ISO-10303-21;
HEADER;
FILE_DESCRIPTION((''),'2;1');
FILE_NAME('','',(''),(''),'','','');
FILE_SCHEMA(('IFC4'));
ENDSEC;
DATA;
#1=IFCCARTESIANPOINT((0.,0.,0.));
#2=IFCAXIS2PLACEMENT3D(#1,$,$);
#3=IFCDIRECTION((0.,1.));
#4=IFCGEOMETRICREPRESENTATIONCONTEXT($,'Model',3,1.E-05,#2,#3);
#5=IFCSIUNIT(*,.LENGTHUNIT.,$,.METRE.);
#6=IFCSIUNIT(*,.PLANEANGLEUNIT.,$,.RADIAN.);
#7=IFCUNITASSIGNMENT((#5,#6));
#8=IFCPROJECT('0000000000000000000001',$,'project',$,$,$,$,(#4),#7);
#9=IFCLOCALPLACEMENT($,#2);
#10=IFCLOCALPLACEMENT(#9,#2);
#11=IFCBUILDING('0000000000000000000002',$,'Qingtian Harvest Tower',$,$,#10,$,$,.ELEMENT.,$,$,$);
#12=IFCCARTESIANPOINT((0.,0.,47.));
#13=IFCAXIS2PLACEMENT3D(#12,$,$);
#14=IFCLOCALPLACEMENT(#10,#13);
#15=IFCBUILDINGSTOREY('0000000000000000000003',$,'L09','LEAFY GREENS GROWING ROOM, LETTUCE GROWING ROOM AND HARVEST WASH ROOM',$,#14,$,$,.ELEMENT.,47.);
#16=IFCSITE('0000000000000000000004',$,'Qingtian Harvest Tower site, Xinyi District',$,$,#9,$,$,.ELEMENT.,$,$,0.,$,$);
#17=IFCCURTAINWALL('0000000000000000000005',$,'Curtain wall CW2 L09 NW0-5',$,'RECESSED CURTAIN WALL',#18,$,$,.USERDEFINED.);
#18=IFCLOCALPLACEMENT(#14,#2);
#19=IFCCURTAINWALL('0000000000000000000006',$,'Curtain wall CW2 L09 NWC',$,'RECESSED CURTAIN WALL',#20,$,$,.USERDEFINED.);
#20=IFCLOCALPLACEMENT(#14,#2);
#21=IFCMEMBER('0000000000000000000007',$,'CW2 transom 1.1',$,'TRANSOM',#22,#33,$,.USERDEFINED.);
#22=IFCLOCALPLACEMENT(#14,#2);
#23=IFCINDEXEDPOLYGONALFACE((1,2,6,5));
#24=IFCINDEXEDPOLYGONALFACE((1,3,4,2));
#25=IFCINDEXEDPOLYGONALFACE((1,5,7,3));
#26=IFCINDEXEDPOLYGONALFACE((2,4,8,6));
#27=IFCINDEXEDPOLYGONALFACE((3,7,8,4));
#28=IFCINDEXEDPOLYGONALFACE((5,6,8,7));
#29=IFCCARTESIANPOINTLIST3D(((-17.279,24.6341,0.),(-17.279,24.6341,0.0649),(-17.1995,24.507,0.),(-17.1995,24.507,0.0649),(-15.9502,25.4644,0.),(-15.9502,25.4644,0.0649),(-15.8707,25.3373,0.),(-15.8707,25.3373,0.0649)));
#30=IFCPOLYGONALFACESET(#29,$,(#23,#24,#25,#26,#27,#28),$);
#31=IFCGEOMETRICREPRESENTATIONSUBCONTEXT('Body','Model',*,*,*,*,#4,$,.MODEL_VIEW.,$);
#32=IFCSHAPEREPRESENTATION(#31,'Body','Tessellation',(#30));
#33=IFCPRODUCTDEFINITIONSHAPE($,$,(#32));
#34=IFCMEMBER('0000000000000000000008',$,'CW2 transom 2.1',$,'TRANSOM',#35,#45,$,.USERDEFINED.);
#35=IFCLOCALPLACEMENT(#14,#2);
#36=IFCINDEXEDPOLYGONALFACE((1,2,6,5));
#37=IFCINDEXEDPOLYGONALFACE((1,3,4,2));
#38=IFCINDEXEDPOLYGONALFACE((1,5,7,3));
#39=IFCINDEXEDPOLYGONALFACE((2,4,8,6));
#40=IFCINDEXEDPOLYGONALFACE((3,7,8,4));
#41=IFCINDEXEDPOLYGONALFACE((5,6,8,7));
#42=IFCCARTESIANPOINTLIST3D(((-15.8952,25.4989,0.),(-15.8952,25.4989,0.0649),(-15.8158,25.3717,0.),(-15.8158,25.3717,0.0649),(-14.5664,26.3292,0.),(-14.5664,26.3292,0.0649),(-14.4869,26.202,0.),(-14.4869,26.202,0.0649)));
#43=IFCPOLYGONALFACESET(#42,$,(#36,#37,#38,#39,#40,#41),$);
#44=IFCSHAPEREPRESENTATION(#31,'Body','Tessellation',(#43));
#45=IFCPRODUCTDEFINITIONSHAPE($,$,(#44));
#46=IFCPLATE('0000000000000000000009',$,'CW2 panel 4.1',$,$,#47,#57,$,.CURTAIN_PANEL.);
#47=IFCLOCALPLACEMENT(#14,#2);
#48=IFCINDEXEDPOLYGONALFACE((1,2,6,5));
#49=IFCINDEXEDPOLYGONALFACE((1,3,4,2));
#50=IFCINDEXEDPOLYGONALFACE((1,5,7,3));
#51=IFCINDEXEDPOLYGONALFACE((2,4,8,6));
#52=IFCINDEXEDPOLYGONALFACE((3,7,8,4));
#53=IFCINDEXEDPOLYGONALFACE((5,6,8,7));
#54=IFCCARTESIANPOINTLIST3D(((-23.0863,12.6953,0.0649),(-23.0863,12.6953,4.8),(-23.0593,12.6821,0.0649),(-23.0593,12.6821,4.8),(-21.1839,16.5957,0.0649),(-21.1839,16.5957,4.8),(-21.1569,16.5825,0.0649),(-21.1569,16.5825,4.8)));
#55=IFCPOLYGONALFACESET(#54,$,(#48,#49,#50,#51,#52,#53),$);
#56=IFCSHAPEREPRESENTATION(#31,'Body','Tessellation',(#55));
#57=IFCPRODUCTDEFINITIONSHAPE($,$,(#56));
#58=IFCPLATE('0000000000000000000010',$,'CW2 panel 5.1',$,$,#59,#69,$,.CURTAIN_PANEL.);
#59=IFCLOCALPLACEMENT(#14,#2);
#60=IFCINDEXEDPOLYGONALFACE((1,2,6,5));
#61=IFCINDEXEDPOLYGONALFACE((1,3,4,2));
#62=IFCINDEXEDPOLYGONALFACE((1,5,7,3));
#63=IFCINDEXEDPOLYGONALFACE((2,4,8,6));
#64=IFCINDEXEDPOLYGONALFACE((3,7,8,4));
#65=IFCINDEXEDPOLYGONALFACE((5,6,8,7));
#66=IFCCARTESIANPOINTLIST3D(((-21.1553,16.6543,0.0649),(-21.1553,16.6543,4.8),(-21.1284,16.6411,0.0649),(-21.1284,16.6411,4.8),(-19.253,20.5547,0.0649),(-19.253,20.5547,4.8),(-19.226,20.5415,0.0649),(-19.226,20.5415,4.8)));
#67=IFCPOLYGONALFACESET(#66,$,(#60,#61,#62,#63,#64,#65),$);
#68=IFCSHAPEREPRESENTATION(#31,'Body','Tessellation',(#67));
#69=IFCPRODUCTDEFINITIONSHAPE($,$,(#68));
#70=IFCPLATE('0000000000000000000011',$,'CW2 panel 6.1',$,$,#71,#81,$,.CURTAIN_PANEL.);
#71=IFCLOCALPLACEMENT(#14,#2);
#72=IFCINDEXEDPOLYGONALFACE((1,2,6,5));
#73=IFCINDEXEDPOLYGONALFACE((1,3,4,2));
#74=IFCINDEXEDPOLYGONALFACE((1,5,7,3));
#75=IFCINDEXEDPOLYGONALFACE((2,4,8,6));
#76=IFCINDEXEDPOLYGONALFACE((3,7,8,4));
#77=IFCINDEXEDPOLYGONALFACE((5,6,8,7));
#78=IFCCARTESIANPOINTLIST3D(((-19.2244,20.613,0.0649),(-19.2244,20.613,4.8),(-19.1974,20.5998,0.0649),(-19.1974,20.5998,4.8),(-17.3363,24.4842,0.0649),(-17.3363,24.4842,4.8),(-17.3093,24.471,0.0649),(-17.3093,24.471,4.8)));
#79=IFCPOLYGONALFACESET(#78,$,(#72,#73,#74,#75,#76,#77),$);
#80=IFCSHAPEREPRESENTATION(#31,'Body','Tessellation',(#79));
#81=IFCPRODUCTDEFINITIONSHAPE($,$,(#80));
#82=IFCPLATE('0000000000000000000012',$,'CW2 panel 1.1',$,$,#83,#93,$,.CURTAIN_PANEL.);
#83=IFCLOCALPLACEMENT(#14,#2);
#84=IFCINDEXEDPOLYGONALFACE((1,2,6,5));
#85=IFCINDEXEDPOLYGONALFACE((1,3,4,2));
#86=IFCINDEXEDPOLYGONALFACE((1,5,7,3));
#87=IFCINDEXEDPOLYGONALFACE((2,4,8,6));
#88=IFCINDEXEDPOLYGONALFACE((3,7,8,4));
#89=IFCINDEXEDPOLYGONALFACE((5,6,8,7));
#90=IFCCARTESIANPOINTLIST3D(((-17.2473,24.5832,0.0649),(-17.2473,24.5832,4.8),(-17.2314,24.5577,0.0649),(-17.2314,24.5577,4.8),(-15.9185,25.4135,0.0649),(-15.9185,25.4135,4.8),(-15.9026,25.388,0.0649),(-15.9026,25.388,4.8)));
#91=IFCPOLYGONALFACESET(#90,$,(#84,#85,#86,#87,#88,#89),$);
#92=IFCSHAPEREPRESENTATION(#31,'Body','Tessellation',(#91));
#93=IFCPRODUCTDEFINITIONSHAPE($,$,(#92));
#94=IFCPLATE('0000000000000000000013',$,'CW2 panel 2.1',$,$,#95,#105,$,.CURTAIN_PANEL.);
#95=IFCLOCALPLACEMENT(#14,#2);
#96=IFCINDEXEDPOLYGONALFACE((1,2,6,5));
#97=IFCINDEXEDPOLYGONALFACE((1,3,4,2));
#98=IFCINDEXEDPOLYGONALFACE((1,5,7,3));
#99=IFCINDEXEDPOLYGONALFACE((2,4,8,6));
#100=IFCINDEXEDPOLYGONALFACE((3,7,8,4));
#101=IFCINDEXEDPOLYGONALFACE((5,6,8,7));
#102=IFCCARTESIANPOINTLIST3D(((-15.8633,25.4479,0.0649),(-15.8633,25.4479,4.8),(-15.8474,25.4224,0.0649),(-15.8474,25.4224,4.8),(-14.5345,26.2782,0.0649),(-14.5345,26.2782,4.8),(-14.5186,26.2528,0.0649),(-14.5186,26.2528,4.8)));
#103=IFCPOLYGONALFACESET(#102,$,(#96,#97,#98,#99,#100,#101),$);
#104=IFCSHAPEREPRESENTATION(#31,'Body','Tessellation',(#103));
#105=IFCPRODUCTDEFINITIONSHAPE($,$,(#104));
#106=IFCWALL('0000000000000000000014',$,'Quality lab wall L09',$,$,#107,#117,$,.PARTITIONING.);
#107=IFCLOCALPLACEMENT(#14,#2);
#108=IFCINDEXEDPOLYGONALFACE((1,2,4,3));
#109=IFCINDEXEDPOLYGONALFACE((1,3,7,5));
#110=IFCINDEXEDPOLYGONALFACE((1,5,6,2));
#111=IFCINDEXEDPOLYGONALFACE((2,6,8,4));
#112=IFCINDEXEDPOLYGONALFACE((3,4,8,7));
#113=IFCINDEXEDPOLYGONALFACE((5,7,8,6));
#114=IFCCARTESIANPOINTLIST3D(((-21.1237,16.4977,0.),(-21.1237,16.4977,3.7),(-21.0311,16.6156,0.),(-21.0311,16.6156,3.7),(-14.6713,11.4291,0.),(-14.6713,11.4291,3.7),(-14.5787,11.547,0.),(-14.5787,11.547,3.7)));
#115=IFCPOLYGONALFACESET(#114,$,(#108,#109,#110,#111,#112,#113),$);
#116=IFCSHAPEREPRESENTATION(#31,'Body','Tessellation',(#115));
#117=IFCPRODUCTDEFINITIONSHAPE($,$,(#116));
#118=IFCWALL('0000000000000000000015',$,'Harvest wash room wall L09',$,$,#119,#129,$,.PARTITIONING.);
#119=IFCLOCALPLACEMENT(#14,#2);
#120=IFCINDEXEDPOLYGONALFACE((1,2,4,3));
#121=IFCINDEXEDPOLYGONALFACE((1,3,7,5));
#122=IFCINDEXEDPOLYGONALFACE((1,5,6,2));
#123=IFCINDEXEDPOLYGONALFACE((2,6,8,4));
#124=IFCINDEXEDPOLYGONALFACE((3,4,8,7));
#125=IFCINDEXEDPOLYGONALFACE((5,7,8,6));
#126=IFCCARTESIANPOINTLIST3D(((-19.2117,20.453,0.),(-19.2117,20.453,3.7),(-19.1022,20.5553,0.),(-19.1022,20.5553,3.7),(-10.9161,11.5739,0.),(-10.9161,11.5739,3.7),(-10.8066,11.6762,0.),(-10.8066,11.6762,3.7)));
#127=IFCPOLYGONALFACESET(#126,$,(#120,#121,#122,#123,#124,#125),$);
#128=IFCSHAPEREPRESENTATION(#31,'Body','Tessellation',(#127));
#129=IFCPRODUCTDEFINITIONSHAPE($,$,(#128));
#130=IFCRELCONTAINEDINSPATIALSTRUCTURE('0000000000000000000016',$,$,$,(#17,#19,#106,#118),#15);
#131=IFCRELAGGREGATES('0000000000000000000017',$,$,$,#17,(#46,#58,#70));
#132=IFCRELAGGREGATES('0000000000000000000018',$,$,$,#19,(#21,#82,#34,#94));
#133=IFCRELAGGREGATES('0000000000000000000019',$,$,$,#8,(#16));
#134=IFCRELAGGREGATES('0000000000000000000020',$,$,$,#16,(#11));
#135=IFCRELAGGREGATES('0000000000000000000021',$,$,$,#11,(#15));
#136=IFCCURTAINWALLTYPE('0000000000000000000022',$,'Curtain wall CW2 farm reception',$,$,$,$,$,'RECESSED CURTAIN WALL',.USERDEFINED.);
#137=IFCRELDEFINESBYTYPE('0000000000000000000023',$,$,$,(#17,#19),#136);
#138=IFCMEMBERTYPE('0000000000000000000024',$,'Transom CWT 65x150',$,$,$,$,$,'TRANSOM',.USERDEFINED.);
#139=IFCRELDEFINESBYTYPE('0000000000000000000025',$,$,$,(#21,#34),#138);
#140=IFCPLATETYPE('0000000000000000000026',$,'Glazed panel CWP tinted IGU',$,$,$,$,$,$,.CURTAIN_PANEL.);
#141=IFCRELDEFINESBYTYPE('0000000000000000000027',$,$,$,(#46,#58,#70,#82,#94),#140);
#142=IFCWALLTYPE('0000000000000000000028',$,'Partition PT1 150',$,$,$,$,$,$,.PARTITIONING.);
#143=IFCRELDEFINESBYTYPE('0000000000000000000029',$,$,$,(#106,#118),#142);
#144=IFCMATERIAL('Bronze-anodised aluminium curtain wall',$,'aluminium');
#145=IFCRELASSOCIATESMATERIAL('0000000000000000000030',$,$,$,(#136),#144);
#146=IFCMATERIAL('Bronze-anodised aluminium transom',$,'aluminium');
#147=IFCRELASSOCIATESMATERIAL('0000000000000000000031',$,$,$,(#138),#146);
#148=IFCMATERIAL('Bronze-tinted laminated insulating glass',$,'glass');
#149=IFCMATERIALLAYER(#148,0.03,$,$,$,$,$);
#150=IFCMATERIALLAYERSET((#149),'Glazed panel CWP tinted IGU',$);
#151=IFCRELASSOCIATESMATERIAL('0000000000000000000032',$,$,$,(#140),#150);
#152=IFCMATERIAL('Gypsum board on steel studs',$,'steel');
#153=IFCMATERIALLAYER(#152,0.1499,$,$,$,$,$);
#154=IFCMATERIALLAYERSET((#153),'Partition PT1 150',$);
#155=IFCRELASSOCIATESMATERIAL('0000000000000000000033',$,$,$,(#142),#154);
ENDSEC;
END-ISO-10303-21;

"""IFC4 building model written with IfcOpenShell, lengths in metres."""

from ifc_helpers import new_model, si_unit, direction, frame, frame_2d, origin, origin_2d, place, context, subcontext, project, spatial, rectangle, extrude, material, layer, layer_set, material_profile, profile_set, type_object, element, aggregate, save


model = new_model("IFC4")

# Units and contexts
model_context = context("Model", 3, precision=1e-05, world=origin(), true_north=direction((0.0, 1.0)))
body_context = subcontext(model_context, "Body", "Model", "MODEL_VIEW")
ifc_project = project(units=[si_unit("LENGTHUNIT", "METRE"), si_unit("PLANEANGLEUNIT", "RADIAN")], contexts=[model_context])

# Site, building, storey
site_placement = place(None, origin())
site = spatial("IfcSite", under=ifc_project, at=site_placement, Name="Qingtian Harvest Tower site, Xinyi District", CompositionType="ELEMENT", RefElevation=0.0)
building_placement = place(site_placement, origin())
building = spatial("IfcBuilding", under=site, at=building_placement, Name="Qingtian Harvest Tower", CompositionType="ELEMENT")
storey_placement = place(building_placement, frame((0.0, 0.0, 47.0)))
storey = spatial("IfcBuildingStorey", under=building, at=storey_placement, Name="L09", Description="LEAFY GREENS GROWING ROOM, LETTUCE GROWING ROOM AND HARVEST WASH ROOM", CompositionType="ELEMENT", Elevation=47.0)

# Curtain walls
ifc_material_1 = material(Name="Bronze-anodised aluminium curtain wall", Category="aluminium")
curtain_wall_type = type_object("IfcCurtainWallType", Name="Curtain wall CW2 farm reception", ElementType="RECESSED CURTAIN WALL", PredefinedType="USERDEFINED", material=ifc_material_1)
curtain_wall_1_placement = place(storey_placement, origin())
curtain_wall_1 = element("IfcCurtainWall", 1, at=curtain_wall_1_placement, inside=storey, type_object=curtain_wall_type, Name="Curtain wall CW2 L09 NW0-5", ObjectType="RECESSED CURTAIN WALL", PredefinedType="USERDEFINED")
curtain_wall_2_placement = place(storey_placement, origin())
curtain_wall_2 = element("IfcCurtainWall", 2, at=curtain_wall_2_placement, inside=storey, type_object=curtain_wall_type, Name="Curtain wall CW2 L09 NWC", ObjectType="RECESSED CURTAIN WALL", PredefinedType="USERDEFINED")

# Members
ifc_material_2 = material(Name="Bronze-anodised aluminium transom", Category="aluminium")
ifc_material_profile_1 = material_profile(ifc_material_2, rectangle(XDim=0.1499, YDim=0.0649, at=origin_2d()), Name="AL 65x150")
ifc_profile_set_1 = profile_set([ifc_material_profile_1], Name="Bronze-anodised aluminium transom")
member_type_1 = type_object("IfcMemberType", Name="Transom CWT 65x150", ElementType="TRANSOM", PredefinedType="USERDEFINED", material=ifc_profile_set_1)
member_1_placement = place(storey_placement, frame((-17.2393, 24.5706, 0.0325), z_axis=(0.84806, 0.529901, 0.0), x_axis=(-0.529901, 0.84806, 0.0)))
member_1 = element("IfcMember", 3, at=member_1_placement, type_object=member_type_1, Name="CW2 transom 1.1", ObjectType="TRANSOM", PredefinedType="USERDEFINED", context=body_context, shape_type="SweptSolid", body=[
    extrude(rectangle(XDim=0.1499, YDim=0.0649, at=origin_2d()), origin(), (0.0, 0.0, 1.0), 1.5669),
])
member_2_placement = place(storey_placement, frame((-15.8555, 25.4353, 0.0325), z_axis=(0.84806, 0.529901, 0.0), x_axis=(-0.529901, 0.84806, 0.0)))
member_2 = element("IfcMember", 4, at=member_2_placement, type_object=member_type_1, Name="CW2 transom 2.1", ObjectType="TRANSOM", PredefinedType="USERDEFINED", context=body_context, shape_type="SweptSolid", body=[
    extrude(rectangle(XDim=0.1499, YDim=0.0649, at=origin_2d()), origin(), (0.0, 0.0, 1.0), 1.5669),
])

# Plates
ifc_material_3 = material(Name="Bronze-tinted laminated insulating glass", Category="glass")
ifc_layer_1 = layer(ifc_material_3, 0.03)
ifc_layer_set_1 = layer_set([ifc_layer_1], Name="Glazed panel CWP tinted IGU")
plate_type = type_object("IfcPlateType", Name="Glazed panel CWP tinted IGU", PredefinedType="CURTAIN_PANEL", material=ifc_layer_set_1)
plate_1_placement = place(storey_placement, frame((-22.1216, 14.6389, 0.0649), z_axis=(0.0, 0.0, 1.0), x_axis=(0.438371, 0.898794, 0.0)))
plate_1 = element("IfcPlate", 5, at=plate_1_placement, type_object=plate_type, Name="CW2 panel 4.1", PredefinedType="CURTAIN_PANEL", context=body_context, shape_type="SweptSolid", body=[
    extrude(rectangle(XDim=4.3396, YDim=0.03, at=origin_2d()), origin(), (0.0, 0.0, 1.0), 4.7351),
])
plate_2_placement = place(storey_placement, frame((-20.1907, 18.5979, 0.0649), z_axis=(0.0, 0.0, 1.0), x_axis=(0.438371, 0.898794, 0.0)))
plate_2 = element("IfcPlate", 6, at=plate_2_placement, type_object=plate_type, Name="CW2 panel 5.1", PredefinedType="CURTAIN_PANEL", context=body_context, shape_type="SweptSolid", body=[
    extrude(rectangle(XDim=4.3396, YDim=0.03, at=origin_2d()), origin(), (0.0, 0.0, 1.0), 4.7351),
])
plate_3_placement = place(storey_placement, frame((-18.2668, 22.542, 0.0649), z_axis=(0.0, 0.0, 1.0), x_axis=(0.438371, 0.898794, 0.0)))
plate_3 = element("IfcPlate", 7, at=plate_3_placement, type_object=plate_type, Name="CW2 panel 6.1", PredefinedType="CURTAIN_PANEL", context=body_context, shape_type="SweptSolid", body=[
    extrude(rectangle(XDim=4.3071, YDim=0.03, at=origin_2d()), origin(), (0.0, 0.0, 1.0), 4.7351),
])
aggregate(curtain_wall_1, [plate_1, plate_2, plate_3])
plate_4_placement = place(storey_placement, frame((-16.575, 24.9856, 0.0649), z_axis=(0.0, 0.0, 1.0), x_axis=(0.848048, 0.529919, 0.0)))
plate_4 = element("IfcPlate", 8, at=plate_4_placement, type_object=plate_type, Name="CW2 panel 1.1", PredefinedType="CURTAIN_PANEL", context=body_context, shape_type="SweptSolid", body=[
    extrude(rectangle(XDim=1.5669, YDim=0.03, at=origin_2d()), origin(), (0.0, 0.0, 1.0), 4.7351),
])
plate_5_placement = place(storey_placement, frame((-15.1909, 25.8503, 0.0649), z_axis=(0.0, 0.0, 1.0), x_axis=(0.848048, 0.529919, 0.0)))
plate_5 = element("IfcPlate", 9, at=plate_5_placement, type_object=plate_type, Name="CW2 panel 2.1", PredefinedType="CURTAIN_PANEL", context=body_context, shape_type="SweptSolid", body=[
    extrude(rectangle(XDim=1.5669, YDim=0.03, at=origin_2d()), origin(), (0.0, 0.0, 1.0), 4.7351),
])
aggregate(curtain_wall_2, [member_1, plate_4, member_2, plate_5])

# Walls
ifc_material_4 = material(Name="Gypsum board on steel studs", Category="steel")
ifc_layer_2 = layer(ifc_material_4, 0.1499)
ifc_layer_set_2 = layer_set([ifc_layer_2], Name="Partition PT1 150")
wall_type = type_object("IfcWallType", Name="Partition PT1 150", PredefinedType="PARTITIONING", material=ifc_layer_set_2)
wall_1_placement = place(storey_placement, frame((-21.0774, 16.5566, 0.0), z_axis=(0.0, 0.0, 1.0), x_axis=(0.786385, -0.617736, 0.0)))
element("IfcWall", 10, at=wall_1_placement, inside=storey, type_object=wall_type, Name="Quality lab wall L09", PredefinedType="PARTITIONING", context=body_context, shape_type="SweptSolid", body=[
    extrude(rectangle(XDim=8.2051, YDim=0.1499, at=frame_2d((4.1025, 0.0))), origin(), (0.0, 0.0, 1.0), 3.7),
])
wall_2_placement = place(storey_placement, frame((-19.157, 20.5042, 0.0), z_axis=(0.0, 0.0, 1.0), x_axis=(0.68269, -0.730708, 0.0)))
element("IfcWall", 11, at=wall_2_placement, inside=storey, type_object=wall_type, Name="Harvest wash room wall L09", PredefinedType="PARTITIONING", context=body_context, shape_type="SweptSolid", body=[
    extrude(rectangle(XDim=12.1514, YDim=0.1499, at=frame_2d((6.0757, 0.0))), origin(), (0.0, 0.0, 1.0), 3.7),
])

save(model, "model.ifc")
